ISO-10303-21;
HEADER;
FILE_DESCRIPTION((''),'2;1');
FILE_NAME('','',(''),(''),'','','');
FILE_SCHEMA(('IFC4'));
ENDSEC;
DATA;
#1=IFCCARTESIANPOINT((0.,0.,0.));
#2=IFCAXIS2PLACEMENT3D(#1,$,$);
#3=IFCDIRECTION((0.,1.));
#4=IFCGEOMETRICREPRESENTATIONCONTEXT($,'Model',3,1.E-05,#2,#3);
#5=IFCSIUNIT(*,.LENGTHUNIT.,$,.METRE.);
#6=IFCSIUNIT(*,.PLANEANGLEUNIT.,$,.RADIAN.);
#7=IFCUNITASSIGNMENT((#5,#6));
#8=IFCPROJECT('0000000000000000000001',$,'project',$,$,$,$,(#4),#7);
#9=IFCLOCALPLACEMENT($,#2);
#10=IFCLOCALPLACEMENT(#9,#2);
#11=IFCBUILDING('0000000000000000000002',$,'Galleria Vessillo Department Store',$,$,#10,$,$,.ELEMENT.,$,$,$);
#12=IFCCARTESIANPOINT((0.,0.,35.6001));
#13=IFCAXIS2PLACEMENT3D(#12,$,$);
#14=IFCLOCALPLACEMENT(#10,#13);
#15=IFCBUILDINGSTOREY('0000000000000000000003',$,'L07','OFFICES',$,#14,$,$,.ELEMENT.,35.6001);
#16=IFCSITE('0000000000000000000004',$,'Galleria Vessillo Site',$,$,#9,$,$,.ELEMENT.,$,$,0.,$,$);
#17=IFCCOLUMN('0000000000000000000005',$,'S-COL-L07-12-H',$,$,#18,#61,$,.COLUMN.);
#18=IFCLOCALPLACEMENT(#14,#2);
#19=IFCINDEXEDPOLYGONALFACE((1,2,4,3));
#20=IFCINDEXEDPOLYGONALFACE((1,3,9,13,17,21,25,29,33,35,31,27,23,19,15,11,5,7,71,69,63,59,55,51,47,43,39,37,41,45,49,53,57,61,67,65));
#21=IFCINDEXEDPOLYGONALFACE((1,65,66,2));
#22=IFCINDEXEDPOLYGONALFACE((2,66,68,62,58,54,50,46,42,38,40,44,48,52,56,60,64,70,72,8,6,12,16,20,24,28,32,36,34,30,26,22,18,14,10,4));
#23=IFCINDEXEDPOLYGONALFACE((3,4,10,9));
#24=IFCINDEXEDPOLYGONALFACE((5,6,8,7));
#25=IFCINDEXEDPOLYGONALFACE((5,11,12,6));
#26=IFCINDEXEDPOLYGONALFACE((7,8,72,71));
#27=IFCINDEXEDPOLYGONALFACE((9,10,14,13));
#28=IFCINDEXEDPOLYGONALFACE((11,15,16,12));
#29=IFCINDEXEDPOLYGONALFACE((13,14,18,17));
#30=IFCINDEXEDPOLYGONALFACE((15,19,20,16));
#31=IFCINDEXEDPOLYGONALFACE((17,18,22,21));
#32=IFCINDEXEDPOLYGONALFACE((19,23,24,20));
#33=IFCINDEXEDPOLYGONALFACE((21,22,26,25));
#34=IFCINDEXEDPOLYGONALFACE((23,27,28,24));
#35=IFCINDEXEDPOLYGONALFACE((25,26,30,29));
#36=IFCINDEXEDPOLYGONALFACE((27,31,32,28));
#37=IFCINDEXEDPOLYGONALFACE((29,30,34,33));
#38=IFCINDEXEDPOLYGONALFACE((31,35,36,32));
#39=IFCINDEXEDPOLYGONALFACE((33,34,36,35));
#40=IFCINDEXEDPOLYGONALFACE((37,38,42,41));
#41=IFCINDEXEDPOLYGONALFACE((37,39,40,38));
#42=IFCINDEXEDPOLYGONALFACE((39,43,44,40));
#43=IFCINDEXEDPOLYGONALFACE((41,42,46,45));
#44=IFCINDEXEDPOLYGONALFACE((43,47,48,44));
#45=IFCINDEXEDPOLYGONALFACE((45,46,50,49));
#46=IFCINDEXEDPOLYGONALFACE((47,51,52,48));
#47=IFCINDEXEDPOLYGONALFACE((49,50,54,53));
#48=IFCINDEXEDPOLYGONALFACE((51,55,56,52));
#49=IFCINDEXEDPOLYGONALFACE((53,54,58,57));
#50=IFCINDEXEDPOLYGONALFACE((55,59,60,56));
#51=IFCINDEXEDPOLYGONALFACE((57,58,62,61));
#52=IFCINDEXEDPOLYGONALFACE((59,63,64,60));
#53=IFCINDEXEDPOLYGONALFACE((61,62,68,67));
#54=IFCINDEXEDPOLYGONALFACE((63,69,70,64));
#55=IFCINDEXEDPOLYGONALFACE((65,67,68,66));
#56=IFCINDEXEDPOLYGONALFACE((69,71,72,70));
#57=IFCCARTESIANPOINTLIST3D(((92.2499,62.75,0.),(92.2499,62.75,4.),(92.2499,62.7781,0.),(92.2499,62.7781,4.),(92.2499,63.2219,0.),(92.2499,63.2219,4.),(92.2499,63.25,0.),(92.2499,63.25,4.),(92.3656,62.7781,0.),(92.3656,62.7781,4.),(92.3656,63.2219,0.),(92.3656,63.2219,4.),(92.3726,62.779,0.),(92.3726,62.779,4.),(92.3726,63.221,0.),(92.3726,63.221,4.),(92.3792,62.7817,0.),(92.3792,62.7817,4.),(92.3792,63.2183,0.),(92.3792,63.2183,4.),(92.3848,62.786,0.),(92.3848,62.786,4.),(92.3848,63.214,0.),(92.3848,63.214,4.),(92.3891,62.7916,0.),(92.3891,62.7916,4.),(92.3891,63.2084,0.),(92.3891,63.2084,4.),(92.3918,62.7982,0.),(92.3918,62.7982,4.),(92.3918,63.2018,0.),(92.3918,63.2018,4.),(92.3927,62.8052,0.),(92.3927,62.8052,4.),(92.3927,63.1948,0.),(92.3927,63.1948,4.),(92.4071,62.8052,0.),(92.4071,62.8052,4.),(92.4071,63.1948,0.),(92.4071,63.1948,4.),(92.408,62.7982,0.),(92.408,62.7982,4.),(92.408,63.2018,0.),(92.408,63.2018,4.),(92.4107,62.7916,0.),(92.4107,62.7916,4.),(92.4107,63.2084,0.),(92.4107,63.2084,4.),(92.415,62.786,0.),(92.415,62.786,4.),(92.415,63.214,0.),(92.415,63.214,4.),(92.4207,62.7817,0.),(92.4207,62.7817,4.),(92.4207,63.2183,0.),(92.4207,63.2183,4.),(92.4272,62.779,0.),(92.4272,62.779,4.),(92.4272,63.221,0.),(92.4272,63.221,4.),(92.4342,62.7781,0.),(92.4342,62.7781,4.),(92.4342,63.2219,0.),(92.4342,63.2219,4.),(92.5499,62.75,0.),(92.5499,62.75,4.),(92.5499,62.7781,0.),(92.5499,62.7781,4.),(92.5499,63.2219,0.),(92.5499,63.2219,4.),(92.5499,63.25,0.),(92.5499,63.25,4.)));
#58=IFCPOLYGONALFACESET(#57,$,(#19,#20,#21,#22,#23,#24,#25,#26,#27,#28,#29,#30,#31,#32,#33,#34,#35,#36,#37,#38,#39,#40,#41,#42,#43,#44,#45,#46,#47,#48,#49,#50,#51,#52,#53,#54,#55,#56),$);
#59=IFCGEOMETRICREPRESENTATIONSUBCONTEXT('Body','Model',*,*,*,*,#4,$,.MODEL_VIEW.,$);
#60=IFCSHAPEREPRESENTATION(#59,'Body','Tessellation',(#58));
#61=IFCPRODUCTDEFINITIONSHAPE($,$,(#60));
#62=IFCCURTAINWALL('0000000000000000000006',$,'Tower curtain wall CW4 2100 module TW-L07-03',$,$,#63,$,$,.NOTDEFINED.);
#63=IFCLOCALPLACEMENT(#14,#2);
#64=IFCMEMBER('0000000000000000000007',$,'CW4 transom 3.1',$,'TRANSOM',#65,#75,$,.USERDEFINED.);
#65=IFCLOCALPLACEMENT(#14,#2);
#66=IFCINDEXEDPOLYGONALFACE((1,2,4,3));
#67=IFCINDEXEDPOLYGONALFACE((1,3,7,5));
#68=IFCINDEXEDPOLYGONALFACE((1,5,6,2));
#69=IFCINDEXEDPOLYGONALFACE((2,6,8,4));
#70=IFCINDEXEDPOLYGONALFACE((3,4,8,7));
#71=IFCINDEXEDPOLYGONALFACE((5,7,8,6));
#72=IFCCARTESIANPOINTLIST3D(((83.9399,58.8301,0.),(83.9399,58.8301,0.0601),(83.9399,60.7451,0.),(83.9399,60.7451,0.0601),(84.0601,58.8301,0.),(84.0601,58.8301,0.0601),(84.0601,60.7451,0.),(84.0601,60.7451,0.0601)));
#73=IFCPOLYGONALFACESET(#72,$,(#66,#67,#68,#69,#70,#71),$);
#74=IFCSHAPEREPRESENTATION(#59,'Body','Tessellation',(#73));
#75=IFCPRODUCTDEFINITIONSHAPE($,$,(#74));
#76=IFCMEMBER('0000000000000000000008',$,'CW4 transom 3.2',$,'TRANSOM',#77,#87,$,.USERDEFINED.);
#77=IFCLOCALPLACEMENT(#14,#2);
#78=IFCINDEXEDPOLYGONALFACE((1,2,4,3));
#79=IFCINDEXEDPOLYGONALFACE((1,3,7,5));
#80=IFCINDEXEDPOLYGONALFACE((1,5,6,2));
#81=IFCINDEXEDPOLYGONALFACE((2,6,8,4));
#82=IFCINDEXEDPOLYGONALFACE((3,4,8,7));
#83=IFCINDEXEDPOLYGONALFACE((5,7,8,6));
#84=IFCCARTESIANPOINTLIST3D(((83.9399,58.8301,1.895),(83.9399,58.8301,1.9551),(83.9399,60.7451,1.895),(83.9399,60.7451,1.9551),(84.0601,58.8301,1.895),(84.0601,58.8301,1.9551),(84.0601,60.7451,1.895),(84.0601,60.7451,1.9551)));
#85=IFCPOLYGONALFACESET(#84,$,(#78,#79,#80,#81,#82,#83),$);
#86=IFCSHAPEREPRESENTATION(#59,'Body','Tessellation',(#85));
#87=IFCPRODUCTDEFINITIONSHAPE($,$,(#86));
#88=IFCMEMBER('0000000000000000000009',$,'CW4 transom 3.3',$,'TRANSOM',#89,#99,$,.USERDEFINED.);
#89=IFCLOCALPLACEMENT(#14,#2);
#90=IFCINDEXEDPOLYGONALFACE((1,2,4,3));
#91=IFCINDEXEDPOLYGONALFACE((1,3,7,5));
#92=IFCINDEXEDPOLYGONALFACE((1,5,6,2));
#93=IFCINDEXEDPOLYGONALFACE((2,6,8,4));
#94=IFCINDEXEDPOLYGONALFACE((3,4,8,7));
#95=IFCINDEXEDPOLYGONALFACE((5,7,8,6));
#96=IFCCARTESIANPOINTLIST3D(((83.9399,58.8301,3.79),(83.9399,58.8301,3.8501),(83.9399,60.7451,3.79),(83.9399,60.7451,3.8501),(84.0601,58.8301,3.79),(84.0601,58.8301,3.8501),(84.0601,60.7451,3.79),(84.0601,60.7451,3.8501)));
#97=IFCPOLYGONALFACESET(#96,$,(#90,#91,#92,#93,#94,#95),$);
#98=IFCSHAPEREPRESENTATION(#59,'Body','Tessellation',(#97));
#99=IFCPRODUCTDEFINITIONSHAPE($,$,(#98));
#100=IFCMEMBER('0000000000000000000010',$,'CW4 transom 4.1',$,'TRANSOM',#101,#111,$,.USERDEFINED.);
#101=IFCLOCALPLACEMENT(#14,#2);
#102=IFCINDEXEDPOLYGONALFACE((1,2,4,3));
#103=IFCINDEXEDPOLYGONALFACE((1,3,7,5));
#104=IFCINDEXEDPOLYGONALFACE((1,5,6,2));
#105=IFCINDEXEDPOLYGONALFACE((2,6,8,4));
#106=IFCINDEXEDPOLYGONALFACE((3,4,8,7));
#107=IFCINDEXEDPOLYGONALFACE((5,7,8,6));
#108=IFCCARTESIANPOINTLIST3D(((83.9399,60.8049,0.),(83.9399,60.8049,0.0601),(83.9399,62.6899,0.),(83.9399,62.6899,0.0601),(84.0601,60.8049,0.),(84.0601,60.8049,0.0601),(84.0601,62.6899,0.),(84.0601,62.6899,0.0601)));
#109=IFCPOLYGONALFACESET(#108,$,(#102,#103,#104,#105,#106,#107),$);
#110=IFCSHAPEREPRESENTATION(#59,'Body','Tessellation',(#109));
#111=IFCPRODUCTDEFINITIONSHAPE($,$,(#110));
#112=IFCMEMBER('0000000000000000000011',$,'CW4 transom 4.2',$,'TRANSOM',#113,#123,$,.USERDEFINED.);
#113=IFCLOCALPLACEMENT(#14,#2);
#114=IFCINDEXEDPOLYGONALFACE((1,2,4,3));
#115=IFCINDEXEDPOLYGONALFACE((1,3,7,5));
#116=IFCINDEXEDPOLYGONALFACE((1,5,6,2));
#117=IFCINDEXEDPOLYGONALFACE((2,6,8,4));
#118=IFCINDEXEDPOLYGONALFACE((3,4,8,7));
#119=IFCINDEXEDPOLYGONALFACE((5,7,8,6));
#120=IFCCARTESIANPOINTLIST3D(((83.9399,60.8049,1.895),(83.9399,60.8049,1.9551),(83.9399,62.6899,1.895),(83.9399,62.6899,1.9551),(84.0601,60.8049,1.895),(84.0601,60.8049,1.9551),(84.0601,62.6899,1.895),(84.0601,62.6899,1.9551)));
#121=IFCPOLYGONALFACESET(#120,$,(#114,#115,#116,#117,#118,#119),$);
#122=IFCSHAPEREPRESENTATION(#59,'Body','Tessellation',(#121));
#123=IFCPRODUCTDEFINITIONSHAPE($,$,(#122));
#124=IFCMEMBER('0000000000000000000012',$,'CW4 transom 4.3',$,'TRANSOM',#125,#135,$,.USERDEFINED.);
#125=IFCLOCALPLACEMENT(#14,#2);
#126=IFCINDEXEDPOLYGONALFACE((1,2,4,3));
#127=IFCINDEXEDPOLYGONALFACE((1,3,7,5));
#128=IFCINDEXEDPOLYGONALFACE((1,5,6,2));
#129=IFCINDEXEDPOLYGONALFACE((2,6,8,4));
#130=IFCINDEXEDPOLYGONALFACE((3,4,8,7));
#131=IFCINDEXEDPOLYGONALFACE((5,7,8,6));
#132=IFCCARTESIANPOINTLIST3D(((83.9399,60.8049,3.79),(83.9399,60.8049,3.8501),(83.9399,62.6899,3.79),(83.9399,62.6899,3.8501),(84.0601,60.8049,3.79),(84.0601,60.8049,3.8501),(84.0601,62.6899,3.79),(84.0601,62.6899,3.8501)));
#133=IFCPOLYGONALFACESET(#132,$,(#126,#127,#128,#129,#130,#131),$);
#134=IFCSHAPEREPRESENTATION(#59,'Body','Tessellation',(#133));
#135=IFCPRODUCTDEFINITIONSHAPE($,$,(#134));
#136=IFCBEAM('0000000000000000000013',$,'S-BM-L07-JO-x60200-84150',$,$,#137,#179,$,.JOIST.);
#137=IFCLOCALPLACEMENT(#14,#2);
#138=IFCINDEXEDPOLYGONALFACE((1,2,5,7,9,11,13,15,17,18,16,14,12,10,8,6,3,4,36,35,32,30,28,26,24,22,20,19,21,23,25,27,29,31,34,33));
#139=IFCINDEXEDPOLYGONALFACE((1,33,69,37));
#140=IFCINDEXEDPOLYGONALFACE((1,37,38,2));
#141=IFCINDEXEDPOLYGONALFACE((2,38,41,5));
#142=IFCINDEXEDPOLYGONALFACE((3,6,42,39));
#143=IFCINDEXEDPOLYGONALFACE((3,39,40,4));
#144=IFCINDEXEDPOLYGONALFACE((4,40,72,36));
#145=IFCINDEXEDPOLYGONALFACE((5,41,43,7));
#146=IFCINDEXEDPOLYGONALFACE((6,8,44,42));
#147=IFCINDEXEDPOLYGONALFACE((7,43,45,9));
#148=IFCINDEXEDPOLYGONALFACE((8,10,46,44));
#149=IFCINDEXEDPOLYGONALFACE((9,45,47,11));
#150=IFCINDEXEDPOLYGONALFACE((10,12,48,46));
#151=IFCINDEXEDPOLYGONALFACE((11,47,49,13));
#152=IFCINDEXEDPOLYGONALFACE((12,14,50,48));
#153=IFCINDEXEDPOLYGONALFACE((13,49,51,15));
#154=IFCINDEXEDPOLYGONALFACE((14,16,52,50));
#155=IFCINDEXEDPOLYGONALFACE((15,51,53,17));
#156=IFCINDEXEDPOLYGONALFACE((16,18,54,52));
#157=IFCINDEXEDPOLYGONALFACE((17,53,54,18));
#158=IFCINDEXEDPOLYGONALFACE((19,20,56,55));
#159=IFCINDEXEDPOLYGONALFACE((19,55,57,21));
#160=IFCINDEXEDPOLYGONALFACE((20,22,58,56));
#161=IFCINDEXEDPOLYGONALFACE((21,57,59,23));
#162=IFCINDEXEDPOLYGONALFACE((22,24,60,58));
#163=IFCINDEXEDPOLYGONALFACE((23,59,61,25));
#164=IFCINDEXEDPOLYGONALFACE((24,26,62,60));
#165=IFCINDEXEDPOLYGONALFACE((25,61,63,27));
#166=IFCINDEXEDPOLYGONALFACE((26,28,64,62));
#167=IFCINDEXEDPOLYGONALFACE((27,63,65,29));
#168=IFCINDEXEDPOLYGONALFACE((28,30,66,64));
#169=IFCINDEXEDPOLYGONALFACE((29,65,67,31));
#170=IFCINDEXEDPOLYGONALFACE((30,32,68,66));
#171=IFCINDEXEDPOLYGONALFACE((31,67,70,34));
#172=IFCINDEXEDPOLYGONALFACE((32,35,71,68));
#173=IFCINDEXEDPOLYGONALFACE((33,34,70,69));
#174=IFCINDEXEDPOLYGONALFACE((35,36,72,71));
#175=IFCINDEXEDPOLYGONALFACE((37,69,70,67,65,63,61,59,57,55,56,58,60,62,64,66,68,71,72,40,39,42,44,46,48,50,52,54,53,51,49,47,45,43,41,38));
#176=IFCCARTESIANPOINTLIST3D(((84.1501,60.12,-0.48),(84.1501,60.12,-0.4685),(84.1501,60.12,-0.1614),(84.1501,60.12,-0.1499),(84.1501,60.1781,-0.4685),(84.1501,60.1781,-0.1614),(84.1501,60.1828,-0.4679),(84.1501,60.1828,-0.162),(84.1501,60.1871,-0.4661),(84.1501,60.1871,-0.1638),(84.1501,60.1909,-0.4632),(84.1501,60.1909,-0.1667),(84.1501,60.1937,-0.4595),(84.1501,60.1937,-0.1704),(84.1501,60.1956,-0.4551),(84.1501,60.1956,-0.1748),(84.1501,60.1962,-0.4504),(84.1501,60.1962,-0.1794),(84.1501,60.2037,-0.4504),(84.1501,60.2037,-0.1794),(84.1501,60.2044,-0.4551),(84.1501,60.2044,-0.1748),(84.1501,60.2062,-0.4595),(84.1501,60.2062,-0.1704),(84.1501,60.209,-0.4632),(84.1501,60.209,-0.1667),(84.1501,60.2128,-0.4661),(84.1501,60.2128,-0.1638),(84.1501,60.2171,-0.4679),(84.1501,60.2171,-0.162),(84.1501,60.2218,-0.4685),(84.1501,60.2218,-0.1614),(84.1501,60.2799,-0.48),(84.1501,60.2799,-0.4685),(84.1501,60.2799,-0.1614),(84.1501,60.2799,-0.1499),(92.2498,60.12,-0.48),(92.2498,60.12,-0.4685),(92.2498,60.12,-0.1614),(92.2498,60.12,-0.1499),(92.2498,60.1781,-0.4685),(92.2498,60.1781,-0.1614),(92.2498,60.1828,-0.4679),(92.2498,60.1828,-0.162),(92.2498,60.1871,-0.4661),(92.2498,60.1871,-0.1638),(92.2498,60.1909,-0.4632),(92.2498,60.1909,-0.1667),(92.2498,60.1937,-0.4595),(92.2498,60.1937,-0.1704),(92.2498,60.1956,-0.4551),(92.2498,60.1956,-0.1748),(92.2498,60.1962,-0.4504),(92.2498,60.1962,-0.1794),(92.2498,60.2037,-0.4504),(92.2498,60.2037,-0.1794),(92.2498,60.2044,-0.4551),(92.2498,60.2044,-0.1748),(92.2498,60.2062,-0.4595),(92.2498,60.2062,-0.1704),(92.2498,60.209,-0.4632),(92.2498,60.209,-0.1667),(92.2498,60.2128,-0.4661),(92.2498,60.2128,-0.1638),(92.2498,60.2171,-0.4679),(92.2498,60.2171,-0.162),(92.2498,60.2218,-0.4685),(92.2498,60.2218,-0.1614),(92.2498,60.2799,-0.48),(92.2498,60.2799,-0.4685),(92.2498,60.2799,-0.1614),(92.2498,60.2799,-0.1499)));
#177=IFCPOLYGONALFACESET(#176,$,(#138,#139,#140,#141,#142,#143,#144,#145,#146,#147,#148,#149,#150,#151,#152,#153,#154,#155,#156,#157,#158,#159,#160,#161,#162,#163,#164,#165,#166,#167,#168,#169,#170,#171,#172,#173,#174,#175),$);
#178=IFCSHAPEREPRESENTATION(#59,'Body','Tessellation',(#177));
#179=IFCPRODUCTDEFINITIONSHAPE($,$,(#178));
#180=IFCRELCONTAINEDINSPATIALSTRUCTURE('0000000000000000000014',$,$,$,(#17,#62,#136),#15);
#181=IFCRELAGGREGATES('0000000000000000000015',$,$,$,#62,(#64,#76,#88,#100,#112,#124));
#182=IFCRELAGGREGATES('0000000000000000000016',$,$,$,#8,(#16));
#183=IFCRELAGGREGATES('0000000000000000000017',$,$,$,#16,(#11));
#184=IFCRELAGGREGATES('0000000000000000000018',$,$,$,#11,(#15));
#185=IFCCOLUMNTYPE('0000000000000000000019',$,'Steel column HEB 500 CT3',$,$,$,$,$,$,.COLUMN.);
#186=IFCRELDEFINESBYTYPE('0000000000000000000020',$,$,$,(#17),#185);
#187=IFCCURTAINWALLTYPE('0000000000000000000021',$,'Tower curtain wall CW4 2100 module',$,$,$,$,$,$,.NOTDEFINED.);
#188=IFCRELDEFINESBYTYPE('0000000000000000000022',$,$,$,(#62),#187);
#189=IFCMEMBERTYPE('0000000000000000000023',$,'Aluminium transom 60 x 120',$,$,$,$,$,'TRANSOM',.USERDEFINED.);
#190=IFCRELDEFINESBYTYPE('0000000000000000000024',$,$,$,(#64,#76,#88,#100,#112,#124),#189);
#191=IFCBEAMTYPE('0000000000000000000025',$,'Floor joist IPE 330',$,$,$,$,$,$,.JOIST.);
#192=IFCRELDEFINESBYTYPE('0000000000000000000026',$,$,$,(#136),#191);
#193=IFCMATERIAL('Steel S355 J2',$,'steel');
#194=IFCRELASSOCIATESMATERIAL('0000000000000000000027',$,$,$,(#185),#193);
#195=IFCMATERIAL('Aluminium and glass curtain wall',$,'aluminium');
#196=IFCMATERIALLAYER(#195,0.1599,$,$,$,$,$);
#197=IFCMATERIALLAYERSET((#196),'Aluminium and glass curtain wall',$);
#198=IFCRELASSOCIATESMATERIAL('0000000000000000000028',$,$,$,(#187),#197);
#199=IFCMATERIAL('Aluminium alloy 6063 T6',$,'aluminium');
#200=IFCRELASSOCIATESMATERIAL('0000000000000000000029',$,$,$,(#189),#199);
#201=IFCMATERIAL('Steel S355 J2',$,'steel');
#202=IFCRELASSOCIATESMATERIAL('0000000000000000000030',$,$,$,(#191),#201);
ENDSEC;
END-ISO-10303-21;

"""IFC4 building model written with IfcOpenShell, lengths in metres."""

from ifc_helpers import new_model, si_unit, direction, frame, origin, origin_2d, place, context, subcontext, project, spatial, rectangle, i_section, extrude, material, layer, layer_set, material_profile, profile_set, type_object, element, aggregate, save


model = new_model("IFC4")

# Units and contexts
model_context = context("Model", 3, precision=1e-05, world=origin(), true_north=direction((0.0, 1.0)))
body_context = subcontext(model_context, "Body", "Model", "MODEL_VIEW")
ifc_project = project(units=[si_unit("LENGTHUNIT", "METRE"), si_unit("PLANEANGLEUNIT", "RADIAN")], contexts=[model_context])

# Site, building, storey
site_placement = place(None, origin())
site = spatial("IfcSite", under=ifc_project, at=site_placement, Name="Galleria Vessillo Site", CompositionType="ELEMENT", RefElevation=0.0)
building_placement = place(site_placement, origin())
building = spatial("IfcBuilding", under=site, at=building_placement, Name="Galleria Vessillo Department Store", CompositionType="ELEMENT")
storey_placement = place(building_placement, frame((0.0, 0.0, 35.6001)))
storey = spatial("IfcBuildingStorey", under=building, at=storey_placement, Name="L07", Description="OFFICES", CompositionType="ELEMENT", Elevation=35.6001)

# Column
ifc_material_1 = material(Name="Steel S355 J2", Category="steel")
ifc_material_profile_1 = material_profile(ifc_material_1, i_section(OverallWidth=0.3, OverallDepth=0.5, WebThickness=0.0144, FlangeThickness=0.0281, FilletRadius=0.0271, at=origin_2d()), Name="HEB 500")
ifc_profile_set_1 = profile_set([ifc_material_profile_1], Name="Steel S355 J2")
column_type = type_object("IfcColumnType", Name="Steel column HEB 500 CT3", PredefinedType="COLUMN", material=ifc_profile_set_1)
column_placement = place(storey_placement, frame((92.3999, 63.0, 0.0), z_axis=(0.0, 0.0, 1.0), x_axis=(1.0, 0.0, 0.0)))
element("IfcColumn", 1, at=column_placement, inside=storey, type_object=column_type, Name="S-COL-L07-12-H", PredefinedType="COLUMN", context=body_context, shape_type="SweptSolid", body=[
    extrude(i_section(OverallWidth=0.3, OverallDepth=0.5, WebThickness=0.0144, FlangeThickness=0.0281, FilletRadius=0.0271, at=origin_2d()), origin(), (0.0, 0.0, 1.0), 4.0),
])

# Curtain wall, members
ifc_material_2 = material(Name="Aluminium and glass curtain wall", Category="aluminium")
ifc_layer_1 = layer(ifc_material_2, 0.1599)
ifc_layer_set_1 = layer_set([ifc_layer_1], Name="Aluminium and glass curtain wall")
curtain_wall_type = type_object("IfcCurtainWallType", Name="Tower curtain wall CW4 2100 module", PredefinedType="NOTDEFINED", material=ifc_layer_set_1)
curtain_wall_placement = place(storey_placement, origin())
curtain_wall = element("IfcCurtainWall", 2, at=curtain_wall_placement, inside=storey, type_object=curtain_wall_type, Name="Tower curtain wall CW4 2100 module TW-L07-03", PredefinedType="NOTDEFINED")
ifc_material_3 = material(Name="Aluminium alloy 6063 T6", Category="aluminium")
ifc_material_profile_2 = material_profile(ifc_material_3, rectangle(XDim=0.1201, YDim=0.0601, at=origin_2d()), Name="AL 60x120")
ifc_profile_set_2 = profile_set([ifc_material_profile_2], Name="Aluminium alloy 6063 T6")
member_type = type_object("IfcMemberType", Name="Aluminium transom 60 x 120", ElementType="TRANSOM", PredefinedType="USERDEFINED", material=ifc_profile_set_2)
member_1_placement = place(storey_placement, frame((84.0, 58.8301, 0.03), z_axis=(0.0, 1.0, 0.0), x_axis=(-1.0, 0.0, 0.0)))
member_1 = element("IfcMember", 3, at=member_1_placement, type_object=member_type, Name="CW4 transom 3.1", ObjectType="TRANSOM", PredefinedType="USERDEFINED", context=body_context, shape_type="SweptSolid", body=[
    extrude(rectangle(XDim=0.1201, YDim=0.0601, at=origin_2d()), origin(), (0.0, 0.0, 1.0), 1.915),
])
member_2_placement = place(storey_placement, frame((84.0, 58.8301, 1.925), z_axis=(0.0, 1.0, 0.0), x_axis=(-1.0, 0.0, 0.0)))
member_2 = element("IfcMember", 4, at=member_2_placement, type_object=member_type, Name="CW4 transom 3.2", ObjectType="TRANSOM", PredefinedType="USERDEFINED", context=body_context, shape_type="SweptSolid", body=[
    extrude(rectangle(XDim=0.1201, YDim=0.0601, at=origin_2d()), origin(), (0.0, 0.0, 1.0), 1.915),
])
member_3_placement = place(storey_placement, frame((84.0, 58.8301, 3.8201), z_axis=(0.0, 1.0, 0.0), x_axis=(-1.0, 0.0, 0.0)))
member_3 = element("IfcMember", 5, at=member_3_placement, type_object=member_type, Name="CW4 transom 3.3", ObjectType="TRANSOM", PredefinedType="USERDEFINED", context=body_context, shape_type="SweptSolid", body=[
    extrude(rectangle(XDim=0.1201, YDim=0.0601, at=origin_2d()), origin(), (0.0, 0.0, 1.0), 1.915),
])
member_4_placement = place(storey_placement, frame((84.0, 60.8049, 0.03), z_axis=(0.0, 1.0, 0.0), x_axis=(-1.0, 0.0, 0.0)))
member_4 = element("IfcMember", 6, at=member_4_placement, type_object=member_type, Name="CW4 transom 4.1", ObjectType="TRANSOM", PredefinedType="USERDEFINED", context=body_context, shape_type="SweptSolid", body=[
    extrude(rectangle(XDim=0.1201, YDim=0.0601, at=origin_2d()), origin(), (0.0, 0.0, 1.0), 1.885),
])
member_5_placement = place(storey_placement, frame((84.0, 60.8049, 1.925), z_axis=(0.0, 1.0, 0.0), x_axis=(-1.0, 0.0, 0.0)))
member_5 = element("IfcMember", 7, at=member_5_placement, type_object=member_type, Name="CW4 transom 4.2", ObjectType="TRANSOM", PredefinedType="USERDEFINED", context=body_context, shape_type="SweptSolid", body=[
    extrude(rectangle(XDim=0.1201, YDim=0.0601, at=origin_2d()), origin(), (0.0, 0.0, 1.0), 1.885),
])
member_6_placement = place(storey_placement, frame((84.0, 60.8049, 3.8201), z_axis=(0.0, 1.0, 0.0), x_axis=(-1.0, 0.0, 0.0)))
member_6 = element("IfcMember", 8, at=member_6_placement, type_object=member_type, Name="CW4 transom 4.3", ObjectType="TRANSOM", PredefinedType="USERDEFINED", context=body_context, shape_type="SweptSolid", body=[
    extrude(rectangle(XDim=0.1201, YDim=0.0601, at=origin_2d()), origin(), (0.0, 0.0, 1.0), 1.885),
])

# Beam
ifc_material_4 = material(Name="Steel S355 J2", Category="steel")
ifc_material_profile_3 = material_profile(ifc_material_4, i_section(OverallWidth=0.1599, OverallDepth=0.3301, WebThickness=0.0076, FlangeThickness=0.0115, FilletRadius=0.0181, at=origin_2d()), Name="IPE 330")
ifc_profile_set_3 = profile_set([ifc_material_profile_3], Name="Steel S355 J2")
beam_type = type_object("IfcBeamType", Name="Floor joist IPE 330", PredefinedType="JOIST", material=ifc_profile_set_3)
beam_placement = place(storey_placement, frame((84.1501, 60.2, -0.3149), z_axis=(1.0, 0.0, 0.0), x_axis=(0.0, 1.0, 0.0)))
element("IfcBeam", 9, at=beam_placement, inside=storey, type_object=beam_type, Name="S-BM-L07-JO-x60200-84150", PredefinedType="JOIST", context=body_context, shape_type="SweptSolid", body=[
    extrude(i_section(OverallWidth=0.1599, OverallDepth=0.3301, WebThickness=0.0076, FlangeThickness=0.0115, FilletRadius=0.0181, at=origin_2d()), origin(), (0.0, 0.0, 1.0), 8.0996),
])

aggregate(curtain_wall, [member_1, member_2, member_3, member_4, member_5, member_6])

save(model, "model.ifc")
